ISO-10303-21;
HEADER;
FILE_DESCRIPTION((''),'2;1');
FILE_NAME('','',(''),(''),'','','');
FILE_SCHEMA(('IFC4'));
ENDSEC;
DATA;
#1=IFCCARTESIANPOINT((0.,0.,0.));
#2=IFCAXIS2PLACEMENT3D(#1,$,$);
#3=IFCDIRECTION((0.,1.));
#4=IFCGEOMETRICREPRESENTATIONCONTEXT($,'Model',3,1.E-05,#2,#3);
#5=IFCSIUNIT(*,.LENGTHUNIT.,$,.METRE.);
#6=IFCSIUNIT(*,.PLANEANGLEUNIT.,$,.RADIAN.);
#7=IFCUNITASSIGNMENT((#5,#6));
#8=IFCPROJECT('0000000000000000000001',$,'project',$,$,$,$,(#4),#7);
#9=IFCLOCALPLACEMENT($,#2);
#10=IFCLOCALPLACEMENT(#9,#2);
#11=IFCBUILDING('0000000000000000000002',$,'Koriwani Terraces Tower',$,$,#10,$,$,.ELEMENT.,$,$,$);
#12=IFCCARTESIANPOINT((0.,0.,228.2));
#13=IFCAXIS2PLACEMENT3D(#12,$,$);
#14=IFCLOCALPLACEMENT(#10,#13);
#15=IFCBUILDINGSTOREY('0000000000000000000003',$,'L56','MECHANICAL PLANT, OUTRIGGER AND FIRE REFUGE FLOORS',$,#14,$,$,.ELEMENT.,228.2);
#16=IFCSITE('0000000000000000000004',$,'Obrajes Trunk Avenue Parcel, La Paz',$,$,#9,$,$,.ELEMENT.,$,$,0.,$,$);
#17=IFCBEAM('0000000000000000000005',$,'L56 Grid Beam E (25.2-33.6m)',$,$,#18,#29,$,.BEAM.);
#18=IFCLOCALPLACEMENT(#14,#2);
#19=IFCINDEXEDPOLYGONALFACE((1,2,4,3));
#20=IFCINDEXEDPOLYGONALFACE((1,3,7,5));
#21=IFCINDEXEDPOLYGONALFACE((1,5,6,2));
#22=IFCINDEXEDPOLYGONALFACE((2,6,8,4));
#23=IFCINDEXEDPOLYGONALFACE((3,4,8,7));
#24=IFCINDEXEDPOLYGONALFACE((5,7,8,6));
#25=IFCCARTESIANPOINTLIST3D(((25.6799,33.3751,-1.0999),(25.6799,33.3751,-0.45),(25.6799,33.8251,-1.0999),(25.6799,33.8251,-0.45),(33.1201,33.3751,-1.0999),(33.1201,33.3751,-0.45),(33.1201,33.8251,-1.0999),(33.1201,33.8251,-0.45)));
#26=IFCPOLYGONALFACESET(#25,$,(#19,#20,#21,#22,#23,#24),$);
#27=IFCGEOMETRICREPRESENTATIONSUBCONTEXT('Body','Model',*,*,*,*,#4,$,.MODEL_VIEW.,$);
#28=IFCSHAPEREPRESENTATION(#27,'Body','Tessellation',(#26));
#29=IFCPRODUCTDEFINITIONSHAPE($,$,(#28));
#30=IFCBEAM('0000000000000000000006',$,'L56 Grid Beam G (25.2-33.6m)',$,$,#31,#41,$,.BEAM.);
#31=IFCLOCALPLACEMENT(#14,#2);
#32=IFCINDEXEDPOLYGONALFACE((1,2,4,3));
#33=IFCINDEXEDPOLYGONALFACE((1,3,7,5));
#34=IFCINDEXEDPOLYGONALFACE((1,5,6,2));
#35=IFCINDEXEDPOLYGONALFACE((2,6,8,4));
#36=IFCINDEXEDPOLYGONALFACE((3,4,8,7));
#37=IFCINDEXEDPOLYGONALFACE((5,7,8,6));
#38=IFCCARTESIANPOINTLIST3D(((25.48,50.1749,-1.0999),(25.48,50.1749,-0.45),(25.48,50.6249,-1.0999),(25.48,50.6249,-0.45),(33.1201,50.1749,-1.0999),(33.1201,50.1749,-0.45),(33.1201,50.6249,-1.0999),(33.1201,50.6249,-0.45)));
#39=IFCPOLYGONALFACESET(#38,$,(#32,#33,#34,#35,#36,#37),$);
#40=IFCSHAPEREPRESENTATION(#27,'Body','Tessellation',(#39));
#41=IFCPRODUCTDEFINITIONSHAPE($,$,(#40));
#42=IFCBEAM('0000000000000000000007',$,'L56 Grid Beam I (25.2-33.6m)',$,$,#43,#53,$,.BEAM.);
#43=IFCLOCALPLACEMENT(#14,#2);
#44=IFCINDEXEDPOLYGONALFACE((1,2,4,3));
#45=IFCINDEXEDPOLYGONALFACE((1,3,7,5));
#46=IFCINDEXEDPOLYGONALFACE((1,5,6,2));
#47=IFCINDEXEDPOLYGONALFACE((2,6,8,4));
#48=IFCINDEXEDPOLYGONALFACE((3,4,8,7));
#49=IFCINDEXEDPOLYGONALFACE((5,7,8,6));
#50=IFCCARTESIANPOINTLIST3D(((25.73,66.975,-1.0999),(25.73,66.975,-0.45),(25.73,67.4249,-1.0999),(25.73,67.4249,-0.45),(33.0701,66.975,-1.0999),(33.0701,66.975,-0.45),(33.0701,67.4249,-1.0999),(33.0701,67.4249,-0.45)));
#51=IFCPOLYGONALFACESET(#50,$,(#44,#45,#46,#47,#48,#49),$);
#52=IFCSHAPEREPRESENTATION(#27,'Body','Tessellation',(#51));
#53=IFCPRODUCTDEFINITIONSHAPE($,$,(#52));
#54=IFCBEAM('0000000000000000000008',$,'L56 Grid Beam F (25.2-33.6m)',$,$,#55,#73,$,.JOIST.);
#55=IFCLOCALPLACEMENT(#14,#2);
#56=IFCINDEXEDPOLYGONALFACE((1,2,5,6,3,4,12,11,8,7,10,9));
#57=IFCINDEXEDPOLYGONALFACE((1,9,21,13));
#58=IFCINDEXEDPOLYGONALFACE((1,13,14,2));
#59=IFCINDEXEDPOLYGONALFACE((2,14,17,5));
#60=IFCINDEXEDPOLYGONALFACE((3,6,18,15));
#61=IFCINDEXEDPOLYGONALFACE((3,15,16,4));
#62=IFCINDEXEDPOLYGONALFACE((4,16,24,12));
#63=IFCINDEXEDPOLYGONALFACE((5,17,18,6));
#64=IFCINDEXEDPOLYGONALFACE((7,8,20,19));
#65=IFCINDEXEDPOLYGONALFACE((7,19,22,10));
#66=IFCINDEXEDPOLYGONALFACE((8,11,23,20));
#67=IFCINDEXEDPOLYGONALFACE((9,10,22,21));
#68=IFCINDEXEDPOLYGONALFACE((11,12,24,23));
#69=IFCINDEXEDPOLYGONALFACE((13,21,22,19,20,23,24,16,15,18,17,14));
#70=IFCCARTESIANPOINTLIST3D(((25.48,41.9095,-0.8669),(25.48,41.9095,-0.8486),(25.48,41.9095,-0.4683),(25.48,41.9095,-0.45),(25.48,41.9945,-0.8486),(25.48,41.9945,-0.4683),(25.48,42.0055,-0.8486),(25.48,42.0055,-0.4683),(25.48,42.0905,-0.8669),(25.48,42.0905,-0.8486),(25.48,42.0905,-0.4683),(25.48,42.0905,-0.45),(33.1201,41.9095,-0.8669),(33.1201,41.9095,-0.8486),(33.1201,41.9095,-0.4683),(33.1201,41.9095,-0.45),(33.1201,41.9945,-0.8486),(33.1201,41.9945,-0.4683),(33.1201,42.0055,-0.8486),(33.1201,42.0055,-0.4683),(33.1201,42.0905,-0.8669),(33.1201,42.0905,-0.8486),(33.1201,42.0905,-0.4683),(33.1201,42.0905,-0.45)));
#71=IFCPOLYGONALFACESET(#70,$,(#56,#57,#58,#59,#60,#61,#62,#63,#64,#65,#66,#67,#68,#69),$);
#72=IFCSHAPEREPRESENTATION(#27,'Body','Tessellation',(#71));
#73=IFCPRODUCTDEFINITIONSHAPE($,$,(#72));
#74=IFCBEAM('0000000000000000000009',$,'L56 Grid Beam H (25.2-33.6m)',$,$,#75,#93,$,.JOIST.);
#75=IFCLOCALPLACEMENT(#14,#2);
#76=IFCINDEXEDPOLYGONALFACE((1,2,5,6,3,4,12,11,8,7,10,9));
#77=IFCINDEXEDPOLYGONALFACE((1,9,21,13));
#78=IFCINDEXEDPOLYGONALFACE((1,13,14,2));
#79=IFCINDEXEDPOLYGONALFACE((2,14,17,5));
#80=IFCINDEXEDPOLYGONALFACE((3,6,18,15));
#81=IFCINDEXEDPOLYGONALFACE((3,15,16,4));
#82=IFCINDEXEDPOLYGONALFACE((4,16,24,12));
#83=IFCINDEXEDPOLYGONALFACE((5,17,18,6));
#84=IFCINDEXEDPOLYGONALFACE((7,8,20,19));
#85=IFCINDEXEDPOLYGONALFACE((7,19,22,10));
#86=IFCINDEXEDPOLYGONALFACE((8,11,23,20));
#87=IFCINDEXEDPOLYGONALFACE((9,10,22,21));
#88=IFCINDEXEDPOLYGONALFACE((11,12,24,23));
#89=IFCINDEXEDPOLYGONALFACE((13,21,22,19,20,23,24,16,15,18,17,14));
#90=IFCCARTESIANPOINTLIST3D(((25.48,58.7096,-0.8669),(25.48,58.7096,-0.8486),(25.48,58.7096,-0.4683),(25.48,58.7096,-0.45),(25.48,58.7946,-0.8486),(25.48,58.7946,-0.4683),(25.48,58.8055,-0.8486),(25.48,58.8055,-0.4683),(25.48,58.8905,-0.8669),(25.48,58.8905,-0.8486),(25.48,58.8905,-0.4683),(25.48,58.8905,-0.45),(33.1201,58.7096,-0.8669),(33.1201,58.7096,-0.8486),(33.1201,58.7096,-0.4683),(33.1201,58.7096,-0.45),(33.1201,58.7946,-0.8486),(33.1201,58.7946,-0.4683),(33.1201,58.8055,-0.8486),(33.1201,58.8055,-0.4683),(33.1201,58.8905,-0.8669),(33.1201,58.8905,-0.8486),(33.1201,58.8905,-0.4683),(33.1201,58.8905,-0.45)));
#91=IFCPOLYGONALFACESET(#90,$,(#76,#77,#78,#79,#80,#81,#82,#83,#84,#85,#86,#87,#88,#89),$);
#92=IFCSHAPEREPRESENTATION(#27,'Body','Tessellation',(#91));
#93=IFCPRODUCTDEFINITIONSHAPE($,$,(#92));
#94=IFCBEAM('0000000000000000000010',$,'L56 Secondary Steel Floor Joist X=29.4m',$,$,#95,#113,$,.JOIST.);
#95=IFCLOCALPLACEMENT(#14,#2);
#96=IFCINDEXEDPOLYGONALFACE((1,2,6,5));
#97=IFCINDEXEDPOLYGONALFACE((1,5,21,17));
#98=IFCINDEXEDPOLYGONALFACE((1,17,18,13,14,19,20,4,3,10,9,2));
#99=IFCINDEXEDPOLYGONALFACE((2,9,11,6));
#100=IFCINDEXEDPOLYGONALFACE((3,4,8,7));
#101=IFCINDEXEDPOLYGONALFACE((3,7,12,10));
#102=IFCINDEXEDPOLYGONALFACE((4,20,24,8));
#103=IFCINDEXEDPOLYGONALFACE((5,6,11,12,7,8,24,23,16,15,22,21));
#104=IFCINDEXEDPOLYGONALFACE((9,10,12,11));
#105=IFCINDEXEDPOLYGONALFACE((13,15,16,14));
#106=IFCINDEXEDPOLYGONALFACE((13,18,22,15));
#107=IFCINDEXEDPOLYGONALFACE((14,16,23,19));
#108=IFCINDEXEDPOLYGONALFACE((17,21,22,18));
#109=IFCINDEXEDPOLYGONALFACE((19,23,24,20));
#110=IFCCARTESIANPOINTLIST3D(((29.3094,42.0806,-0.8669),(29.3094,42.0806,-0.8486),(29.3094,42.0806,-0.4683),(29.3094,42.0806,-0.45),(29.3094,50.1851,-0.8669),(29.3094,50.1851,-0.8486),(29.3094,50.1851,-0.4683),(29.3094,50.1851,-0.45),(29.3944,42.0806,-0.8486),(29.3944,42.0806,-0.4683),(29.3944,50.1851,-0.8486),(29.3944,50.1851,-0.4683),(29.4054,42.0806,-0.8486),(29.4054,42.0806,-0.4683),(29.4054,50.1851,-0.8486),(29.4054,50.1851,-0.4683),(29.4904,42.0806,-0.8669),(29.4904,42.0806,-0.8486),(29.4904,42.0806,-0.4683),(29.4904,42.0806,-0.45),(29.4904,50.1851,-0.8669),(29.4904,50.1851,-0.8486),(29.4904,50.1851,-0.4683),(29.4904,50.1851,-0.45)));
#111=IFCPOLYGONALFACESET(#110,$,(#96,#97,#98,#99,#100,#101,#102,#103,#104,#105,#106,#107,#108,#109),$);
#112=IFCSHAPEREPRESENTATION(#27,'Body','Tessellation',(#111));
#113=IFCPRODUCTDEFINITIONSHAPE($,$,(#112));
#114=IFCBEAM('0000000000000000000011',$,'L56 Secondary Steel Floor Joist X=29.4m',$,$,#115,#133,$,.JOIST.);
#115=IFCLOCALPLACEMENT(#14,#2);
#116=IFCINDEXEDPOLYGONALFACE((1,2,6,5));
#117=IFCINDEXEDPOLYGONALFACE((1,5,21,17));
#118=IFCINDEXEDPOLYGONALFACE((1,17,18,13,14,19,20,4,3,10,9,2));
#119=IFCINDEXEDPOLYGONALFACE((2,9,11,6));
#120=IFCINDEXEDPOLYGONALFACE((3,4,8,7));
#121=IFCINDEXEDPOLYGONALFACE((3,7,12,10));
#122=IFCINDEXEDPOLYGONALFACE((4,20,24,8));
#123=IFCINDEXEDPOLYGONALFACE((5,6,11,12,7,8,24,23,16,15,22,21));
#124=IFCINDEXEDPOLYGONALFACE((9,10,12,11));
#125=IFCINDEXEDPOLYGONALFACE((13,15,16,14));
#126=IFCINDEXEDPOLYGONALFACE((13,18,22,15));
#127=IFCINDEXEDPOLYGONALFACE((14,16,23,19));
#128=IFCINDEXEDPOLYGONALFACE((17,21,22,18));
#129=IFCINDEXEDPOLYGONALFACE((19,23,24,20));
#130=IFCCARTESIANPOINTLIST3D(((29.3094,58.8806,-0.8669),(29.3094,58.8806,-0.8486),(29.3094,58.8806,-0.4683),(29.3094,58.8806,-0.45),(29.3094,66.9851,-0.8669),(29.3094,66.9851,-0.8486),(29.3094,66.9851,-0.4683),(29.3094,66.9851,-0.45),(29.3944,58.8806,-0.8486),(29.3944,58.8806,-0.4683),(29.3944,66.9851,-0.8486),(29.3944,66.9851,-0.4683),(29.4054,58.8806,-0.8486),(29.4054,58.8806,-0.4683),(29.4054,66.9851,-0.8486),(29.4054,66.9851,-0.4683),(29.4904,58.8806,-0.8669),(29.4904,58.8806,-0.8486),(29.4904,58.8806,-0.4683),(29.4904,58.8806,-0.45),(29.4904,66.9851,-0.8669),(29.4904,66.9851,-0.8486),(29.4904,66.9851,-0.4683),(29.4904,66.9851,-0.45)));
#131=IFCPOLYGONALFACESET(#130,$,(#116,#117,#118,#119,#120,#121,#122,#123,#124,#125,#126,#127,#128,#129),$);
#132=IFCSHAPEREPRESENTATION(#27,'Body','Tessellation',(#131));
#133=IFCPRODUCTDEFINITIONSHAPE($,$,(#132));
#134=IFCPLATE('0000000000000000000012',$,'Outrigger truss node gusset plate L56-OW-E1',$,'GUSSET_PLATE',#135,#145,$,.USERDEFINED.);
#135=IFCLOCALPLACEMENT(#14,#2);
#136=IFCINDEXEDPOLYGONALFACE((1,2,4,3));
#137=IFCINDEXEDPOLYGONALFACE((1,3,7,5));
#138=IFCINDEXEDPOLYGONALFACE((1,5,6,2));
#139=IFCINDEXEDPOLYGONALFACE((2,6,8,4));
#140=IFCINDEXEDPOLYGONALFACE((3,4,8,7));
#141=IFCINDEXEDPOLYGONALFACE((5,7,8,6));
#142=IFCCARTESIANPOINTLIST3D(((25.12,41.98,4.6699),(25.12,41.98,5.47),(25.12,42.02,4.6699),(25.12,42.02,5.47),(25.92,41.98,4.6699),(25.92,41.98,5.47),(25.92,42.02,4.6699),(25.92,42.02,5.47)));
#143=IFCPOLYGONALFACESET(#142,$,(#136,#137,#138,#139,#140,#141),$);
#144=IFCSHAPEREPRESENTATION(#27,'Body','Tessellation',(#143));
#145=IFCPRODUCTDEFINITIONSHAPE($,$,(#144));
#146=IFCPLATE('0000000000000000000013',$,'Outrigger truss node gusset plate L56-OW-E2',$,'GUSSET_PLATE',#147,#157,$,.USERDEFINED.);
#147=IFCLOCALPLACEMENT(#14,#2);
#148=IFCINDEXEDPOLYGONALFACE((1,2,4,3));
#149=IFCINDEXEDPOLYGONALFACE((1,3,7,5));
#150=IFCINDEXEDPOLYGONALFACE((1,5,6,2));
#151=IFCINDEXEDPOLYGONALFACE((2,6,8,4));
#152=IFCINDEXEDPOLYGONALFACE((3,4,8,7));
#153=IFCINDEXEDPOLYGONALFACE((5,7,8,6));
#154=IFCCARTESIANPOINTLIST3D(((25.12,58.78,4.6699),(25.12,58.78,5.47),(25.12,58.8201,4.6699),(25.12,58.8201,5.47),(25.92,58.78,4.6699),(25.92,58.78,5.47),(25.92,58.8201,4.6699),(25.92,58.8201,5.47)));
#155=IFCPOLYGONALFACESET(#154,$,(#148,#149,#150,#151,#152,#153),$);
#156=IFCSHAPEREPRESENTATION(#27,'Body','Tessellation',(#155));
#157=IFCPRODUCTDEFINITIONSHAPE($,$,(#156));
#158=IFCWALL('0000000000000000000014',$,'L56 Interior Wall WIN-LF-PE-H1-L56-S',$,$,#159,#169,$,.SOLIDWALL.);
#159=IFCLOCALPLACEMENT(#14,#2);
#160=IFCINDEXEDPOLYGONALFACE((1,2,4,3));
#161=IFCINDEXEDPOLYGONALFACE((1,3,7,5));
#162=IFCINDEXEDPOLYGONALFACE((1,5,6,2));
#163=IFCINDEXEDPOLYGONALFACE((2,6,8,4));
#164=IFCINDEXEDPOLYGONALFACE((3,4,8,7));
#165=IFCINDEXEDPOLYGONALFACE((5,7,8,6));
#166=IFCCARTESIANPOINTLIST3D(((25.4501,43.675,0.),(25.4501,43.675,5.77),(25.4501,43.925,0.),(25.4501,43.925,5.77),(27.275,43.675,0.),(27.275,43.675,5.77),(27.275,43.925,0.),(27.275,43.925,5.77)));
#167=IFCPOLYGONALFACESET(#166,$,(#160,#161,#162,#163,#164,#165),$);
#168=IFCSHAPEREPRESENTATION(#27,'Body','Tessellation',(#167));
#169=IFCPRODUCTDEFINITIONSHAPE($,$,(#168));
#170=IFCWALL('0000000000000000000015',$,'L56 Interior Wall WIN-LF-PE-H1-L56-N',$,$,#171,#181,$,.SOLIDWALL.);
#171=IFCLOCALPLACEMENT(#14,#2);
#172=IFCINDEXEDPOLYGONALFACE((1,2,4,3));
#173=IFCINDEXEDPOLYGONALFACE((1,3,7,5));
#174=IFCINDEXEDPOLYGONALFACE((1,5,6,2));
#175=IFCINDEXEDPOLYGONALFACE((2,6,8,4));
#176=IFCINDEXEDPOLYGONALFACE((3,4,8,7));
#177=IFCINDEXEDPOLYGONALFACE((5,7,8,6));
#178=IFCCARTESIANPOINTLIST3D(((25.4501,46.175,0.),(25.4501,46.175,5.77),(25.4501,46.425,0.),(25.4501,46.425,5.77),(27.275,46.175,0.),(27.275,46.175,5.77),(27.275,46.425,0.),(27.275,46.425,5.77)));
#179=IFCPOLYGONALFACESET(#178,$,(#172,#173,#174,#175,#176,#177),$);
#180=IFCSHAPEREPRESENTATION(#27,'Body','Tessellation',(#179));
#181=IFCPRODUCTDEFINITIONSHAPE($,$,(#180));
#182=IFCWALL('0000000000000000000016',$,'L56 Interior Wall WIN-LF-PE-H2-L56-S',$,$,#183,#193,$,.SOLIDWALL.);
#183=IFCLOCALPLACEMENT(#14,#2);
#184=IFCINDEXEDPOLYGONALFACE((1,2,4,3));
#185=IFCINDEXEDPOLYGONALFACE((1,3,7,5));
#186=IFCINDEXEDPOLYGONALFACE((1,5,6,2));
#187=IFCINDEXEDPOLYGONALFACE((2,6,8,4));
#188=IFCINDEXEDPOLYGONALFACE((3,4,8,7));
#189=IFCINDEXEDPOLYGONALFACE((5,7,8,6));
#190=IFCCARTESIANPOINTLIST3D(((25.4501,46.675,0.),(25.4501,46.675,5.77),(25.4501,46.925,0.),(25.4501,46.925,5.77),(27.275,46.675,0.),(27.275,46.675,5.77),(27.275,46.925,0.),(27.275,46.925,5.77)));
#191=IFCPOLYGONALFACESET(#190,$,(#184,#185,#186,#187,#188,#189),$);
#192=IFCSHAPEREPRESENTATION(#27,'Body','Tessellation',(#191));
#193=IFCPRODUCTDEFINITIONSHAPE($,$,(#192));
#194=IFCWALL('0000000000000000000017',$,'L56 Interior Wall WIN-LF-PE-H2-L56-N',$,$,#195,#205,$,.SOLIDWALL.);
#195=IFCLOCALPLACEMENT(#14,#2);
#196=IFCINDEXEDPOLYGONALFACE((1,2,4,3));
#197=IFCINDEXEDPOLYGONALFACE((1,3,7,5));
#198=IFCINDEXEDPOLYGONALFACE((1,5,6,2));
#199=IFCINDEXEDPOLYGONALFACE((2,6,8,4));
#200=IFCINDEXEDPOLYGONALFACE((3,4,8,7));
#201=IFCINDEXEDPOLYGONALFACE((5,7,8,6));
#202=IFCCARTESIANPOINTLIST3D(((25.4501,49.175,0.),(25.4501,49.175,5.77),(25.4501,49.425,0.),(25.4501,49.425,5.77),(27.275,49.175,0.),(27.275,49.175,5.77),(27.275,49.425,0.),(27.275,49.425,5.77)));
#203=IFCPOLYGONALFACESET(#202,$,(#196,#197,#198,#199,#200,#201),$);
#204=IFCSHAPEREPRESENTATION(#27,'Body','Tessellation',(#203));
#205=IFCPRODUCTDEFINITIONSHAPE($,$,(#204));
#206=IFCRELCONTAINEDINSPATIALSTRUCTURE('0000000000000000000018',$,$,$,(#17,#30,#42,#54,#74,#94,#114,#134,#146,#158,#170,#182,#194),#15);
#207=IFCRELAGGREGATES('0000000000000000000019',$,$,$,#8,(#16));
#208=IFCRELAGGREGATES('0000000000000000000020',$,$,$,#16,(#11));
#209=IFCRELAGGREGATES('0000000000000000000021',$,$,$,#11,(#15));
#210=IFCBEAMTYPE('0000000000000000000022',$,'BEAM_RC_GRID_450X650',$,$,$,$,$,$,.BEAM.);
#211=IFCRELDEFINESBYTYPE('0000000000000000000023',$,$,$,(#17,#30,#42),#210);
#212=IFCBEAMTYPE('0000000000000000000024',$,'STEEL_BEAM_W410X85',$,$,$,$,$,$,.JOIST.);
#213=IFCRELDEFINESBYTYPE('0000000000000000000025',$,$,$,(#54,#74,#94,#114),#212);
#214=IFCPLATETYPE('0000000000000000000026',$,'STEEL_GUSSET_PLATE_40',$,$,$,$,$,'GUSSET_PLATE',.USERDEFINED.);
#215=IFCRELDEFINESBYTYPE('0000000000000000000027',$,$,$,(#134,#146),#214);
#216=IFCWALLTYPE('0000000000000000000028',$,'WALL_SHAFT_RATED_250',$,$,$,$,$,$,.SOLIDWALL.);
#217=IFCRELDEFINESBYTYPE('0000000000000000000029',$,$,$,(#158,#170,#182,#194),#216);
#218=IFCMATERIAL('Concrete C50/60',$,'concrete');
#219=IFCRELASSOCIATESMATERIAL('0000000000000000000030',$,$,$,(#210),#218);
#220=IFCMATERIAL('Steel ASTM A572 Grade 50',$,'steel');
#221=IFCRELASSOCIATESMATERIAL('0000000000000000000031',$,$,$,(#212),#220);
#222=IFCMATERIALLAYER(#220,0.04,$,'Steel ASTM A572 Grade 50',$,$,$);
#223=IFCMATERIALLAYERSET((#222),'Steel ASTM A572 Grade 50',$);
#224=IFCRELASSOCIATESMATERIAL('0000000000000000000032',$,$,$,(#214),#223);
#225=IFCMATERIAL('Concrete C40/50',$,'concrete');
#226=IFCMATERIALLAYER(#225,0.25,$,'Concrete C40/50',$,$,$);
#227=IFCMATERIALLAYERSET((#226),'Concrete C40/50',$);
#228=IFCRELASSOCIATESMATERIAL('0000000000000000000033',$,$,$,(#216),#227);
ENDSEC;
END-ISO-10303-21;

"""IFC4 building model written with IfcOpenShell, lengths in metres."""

from ifc_helpers import new_model, si_unit, direction, frame, frame_2d, origin, origin_2d, place, context, subcontext, project, spatial, rectangle, i_section, extrude, material, layer, layer_set, material_profile, profile_set, type_object, element, save


model = new_model("IFC4")

# Units and contexts
model_context = context("Model", 3, precision=1e-05, world=origin(), true_north=direction((0.0, 1.0)))
body_context = subcontext(model_context, "Body", "Model", "MODEL_VIEW")
ifc_project = project(units=[si_unit("LENGTHUNIT", "METRE"), si_unit("PLANEANGLEUNIT", "RADIAN")], contexts=[model_context])

# Site, building, storey
site_placement = place(None, origin())
site = spatial("IfcSite", under=ifc_project, at=site_placement, Name="Obrajes Trunk Avenue Parcel, La Paz", CompositionType="ELEMENT", RefElevation=0.0)
building_placement = place(site_placement, origin())
building = spatial("IfcBuilding", under=site, at=building_placement, Name="Koriwani Terraces Tower", CompositionType="ELEMENT")
storey_placement = place(building_placement, frame((0.0, 0.0, 228.2)))
storey = spatial("IfcBuildingStorey", under=building, at=storey_placement, Name="L56", Description="MECHANICAL PLANT, OUTRIGGER AND FIRE REFUGE FLOORS", CompositionType="ELEMENT", Elevation=228.2)

# Beams
ifc_material_1 = material(Name="Concrete C50/60", Category="concrete")
ifc_material_profile_1 = material_profile(ifc_material_1, rectangle(XDim=0.45, YDim=0.6499, at=origin_2d()), Name="Concrete C50/60", Category="LoadBearing")
ifc_profile_set_1 = profile_set([ifc_material_profile_1], Name="Concrete C50/60")
beam_type_1 = type_object("IfcBeamType", Name="BEAM_RC_GRID_450X650", PredefinedType="BEAM", material=ifc_profile_set_1)
beam_1_placement = place(storey_placement, frame((25.6799, 33.6001, -0.7749), z_axis=(1.0, 0.0, 0.0), x_axis=(0.0, 1.0, 0.0)))
element("IfcBeam", 1, at=beam_1_placement, inside=storey, type_object=beam_type_1, Name="L56 Grid Beam E (25.2-33.6m)", PredefinedType="BEAM", context=body_context, shape_type="SweptSolid", body=[
    extrude(rectangle(XDim=0.45, YDim=0.6499, at=origin_2d()), origin(), (0.0, 0.0, 1.0), 7.4402),
])
beam_2_placement = place(storey_placement, frame((25.48, 50.3999, -0.7749), z_axis=(1.0, 0.0, 0.0), x_axis=(0.0, 1.0, 0.0)))
element("IfcBeam", 2, at=beam_2_placement, inside=storey, type_object=beam_type_1, Name="L56 Grid Beam G (25.2-33.6m)", PredefinedType="BEAM", context=body_context, shape_type="SweptSolid", body=[
    extrude(rectangle(XDim=0.45, YDim=0.6499, at=origin_2d()), origin(), (0.0, 0.0, 1.0), 7.6401),
])
beam_3_placement = place(storey_placement, frame((25.73, 67.2, -0.7749), z_axis=(1.0, 0.0, 0.0), x_axis=(0.0, 1.0, 0.0)))
element("IfcBeam", 3, at=beam_3_placement, inside=storey, type_object=beam_type_1, Name="L56 Grid Beam I (25.2-33.6m)", PredefinedType="BEAM", context=body_context, shape_type="SweptSolid", body=[
    extrude(rectangle(XDim=0.45, YDim=0.6499, at=origin_2d()), origin(), (0.0, 0.0, 1.0), 7.3401),
])
ifc_material_2 = material(Name="Steel ASTM A572 Grade 50", Category="steel")
ifc_material_profile_2 = material_profile(ifc_material_2, i_section(OverallWidth=0.1809, OverallDepth=0.417, WebThickness=0.011, FlangeThickness=0.0183, at=origin_2d()), Name="Steel ASTM A572 Grade 50", Category="LoadBearing")
ifc_profile_set_2 = profile_set([ifc_material_profile_2], Name="Steel ASTM A572 Grade 50")
beam_type_2 = type_object("IfcBeamType", Name="STEEL_BEAM_W410X85", PredefinedType="JOIST", material=ifc_profile_set_2)
for number, where, z_axis, x_axis, name in (
    (4, (25.48, 42.0, -0.6584), (1.0, 0.0, 0.0), (0.0, 1.0, 0.0), "L56 Grid Beam F (25.2-33.6m)"),
    (5, (25.48, 58.8, -0.6584), (1.0, 0.0, 0.0), (0.0, 1.0, 0.0), "L56 Grid Beam H (25.2-33.6m)"),
):
    element("IfcBeam", number, at=place(storey_placement, frame(where, z_axis=z_axis, x_axis=x_axis)), inside=storey, type_object=beam_type_2, Name=name, PredefinedType="JOIST", context=body_context, shape_type="SweptSolid", body=[
        extrude(i_section(OverallWidth=0.1809, OverallDepth=0.417, WebThickness=0.011, FlangeThickness=0.0183, at=origin_2d()), origin(), (0.0, 0.0, 1.0), 7.6401),
    ])
for number, where, z_axis, x_axis, name in (
    (6, (29.3999, 42.0806, -0.6584), (0.0, 1.0, 0.0), (-1.0, 0.0, 0.0), "L56 Secondary Steel Floor Joist X=29.4m"),
    (7, (29.3999, 58.8806, -0.6584), (0.0, 1.0, 0.0), (-1.0, 0.0, 0.0), "L56 Secondary Steel Floor Joist X=29.4m"),
):
    element("IfcBeam", number, at=place(storey_placement, frame(where, z_axis=z_axis, x_axis=x_axis)), inside=storey, type_object=beam_type_2, Name=name, PredefinedType="JOIST", context=body_context, shape_type="SweptSolid", body=[
        extrude(i_section(OverallWidth=0.1809, OverallDepth=0.417, WebThickness=0.011, FlangeThickness=0.0183, at=origin_2d()), origin(), (0.0, 0.0, 1.0), 8.1045),
    ])

# Plates
ifc_layer_1 = layer(ifc_material_2, 0.04, Name="Steel ASTM A572 Grade 50")
ifc_layer_set_1 = layer_set([ifc_layer_1], Name="Steel ASTM A572 Grade 50")
plate_type = type_object("IfcPlateType", Name="STEEL_GUSSET_PLATE_40", ElementType="GUSSET_PLATE", PredefinedType="USERDEFINED", material=ifc_layer_set_1)
for number, where, z_axis, x_axis, name in (
    (8, (25.52, 42.0, 4.6699), (0.0, 0.0, 1.0), (-1.0, 0.0, 0.0), "Outrigger truss node gusset plate L56-OW-E1"),
    (9, (25.52, 58.8, 4.6699), (0.0, 0.0, 1.0), (-1.0, 0.0, 0.0), "Outrigger truss node gusset plate L56-OW-E2"),
):
    element("IfcPlate", number, at=place(storey_placement, frame(where, z_axis=z_axis, x_axis=x_axis)), inside=storey, type_object=plate_type, Name=name, ObjectType="GUSSET_PLATE", PredefinedType="USERDEFINED", context=body_context, shape_type="SweptSolid", body=[
        extrude(rectangle(XDim=0.8, YDim=0.04, at=origin_2d()), origin(), (0.0, 0.0, 1.0), 0.8),
    ])

# Shared definitions
ifc_material_3 = material(Name="Concrete C40/50", Category="concrete")
ifc_layer_2 = layer(ifc_material_3, 0.25, Name="Concrete C40/50")
ifc_layer_set_2 = layer_set([ifc_layer_2], Name="Concrete C40/50")
wall_type_1 = type_object("IfcWallType", Name="WALL_SHAFT_RATED_250", PredefinedType="SOLIDWALL", material=ifc_layer_set_2)

# Walls
for number, where, z_axis, x_axis, name in (
    (10, (25.45, 43.8, 0.0), (0.0, 0.0, 1.0), (1.0, 0.0, 0.0), "L56 Interior Wall WIN-LF-PE-H1-L56-S"),
    (11, (25.45, 46.3, 0.0), (0.0, 0.0, 1.0), (1.0, 0.0, 0.0), "L56 Interior Wall WIN-LF-PE-H1-L56-N"),
):
    element("IfcWall", number, at=place(storey_placement, frame(where, z_axis=z_axis, x_axis=x_axis)), inside=storey, type_object=wall_type_1, Name=name, PredefinedType="SOLIDWALL", context=body_context, shape_type="SweptSolid", body=[
        extrude(rectangle(XDim=1.825, YDim=0.25, at=frame_2d((0.9126, 0.0))), origin(), (0.0, 0.0, 1.0), 5.77),
    ])

# Walls
for number, where, z_axis, x_axis, name in (
    (12, (25.45, 46.8, 0.0), (0.0, 0.0, 1.0), (1.0, 0.0, 0.0), "L56 Interior Wall WIN-LF-PE-H2-L56-S"),
    (13, (25.45, 49.3, 0.0), (0.0, 0.0, 1.0), (1.0, 0.0, 0.0), "L56 Interior Wall WIN-LF-PE-H2-L56-N"),
):
    element("IfcWall", number, at=place(storey_placement, frame(where, z_axis=z_axis, x_axis=x_axis)), inside=storey, type_object=wall_type_1, Name=name, PredefinedType="SOLIDWALL", context=body_context, shape_type="SweptSolid", body=[
        extrude(rectangle(XDim=1.825, YDim=0.25, at=frame_2d((0.9126, 0.0))), origin(), (0.0, 0.0, 1.0), 5.77),
    ])

save(model, "model.ifc")
